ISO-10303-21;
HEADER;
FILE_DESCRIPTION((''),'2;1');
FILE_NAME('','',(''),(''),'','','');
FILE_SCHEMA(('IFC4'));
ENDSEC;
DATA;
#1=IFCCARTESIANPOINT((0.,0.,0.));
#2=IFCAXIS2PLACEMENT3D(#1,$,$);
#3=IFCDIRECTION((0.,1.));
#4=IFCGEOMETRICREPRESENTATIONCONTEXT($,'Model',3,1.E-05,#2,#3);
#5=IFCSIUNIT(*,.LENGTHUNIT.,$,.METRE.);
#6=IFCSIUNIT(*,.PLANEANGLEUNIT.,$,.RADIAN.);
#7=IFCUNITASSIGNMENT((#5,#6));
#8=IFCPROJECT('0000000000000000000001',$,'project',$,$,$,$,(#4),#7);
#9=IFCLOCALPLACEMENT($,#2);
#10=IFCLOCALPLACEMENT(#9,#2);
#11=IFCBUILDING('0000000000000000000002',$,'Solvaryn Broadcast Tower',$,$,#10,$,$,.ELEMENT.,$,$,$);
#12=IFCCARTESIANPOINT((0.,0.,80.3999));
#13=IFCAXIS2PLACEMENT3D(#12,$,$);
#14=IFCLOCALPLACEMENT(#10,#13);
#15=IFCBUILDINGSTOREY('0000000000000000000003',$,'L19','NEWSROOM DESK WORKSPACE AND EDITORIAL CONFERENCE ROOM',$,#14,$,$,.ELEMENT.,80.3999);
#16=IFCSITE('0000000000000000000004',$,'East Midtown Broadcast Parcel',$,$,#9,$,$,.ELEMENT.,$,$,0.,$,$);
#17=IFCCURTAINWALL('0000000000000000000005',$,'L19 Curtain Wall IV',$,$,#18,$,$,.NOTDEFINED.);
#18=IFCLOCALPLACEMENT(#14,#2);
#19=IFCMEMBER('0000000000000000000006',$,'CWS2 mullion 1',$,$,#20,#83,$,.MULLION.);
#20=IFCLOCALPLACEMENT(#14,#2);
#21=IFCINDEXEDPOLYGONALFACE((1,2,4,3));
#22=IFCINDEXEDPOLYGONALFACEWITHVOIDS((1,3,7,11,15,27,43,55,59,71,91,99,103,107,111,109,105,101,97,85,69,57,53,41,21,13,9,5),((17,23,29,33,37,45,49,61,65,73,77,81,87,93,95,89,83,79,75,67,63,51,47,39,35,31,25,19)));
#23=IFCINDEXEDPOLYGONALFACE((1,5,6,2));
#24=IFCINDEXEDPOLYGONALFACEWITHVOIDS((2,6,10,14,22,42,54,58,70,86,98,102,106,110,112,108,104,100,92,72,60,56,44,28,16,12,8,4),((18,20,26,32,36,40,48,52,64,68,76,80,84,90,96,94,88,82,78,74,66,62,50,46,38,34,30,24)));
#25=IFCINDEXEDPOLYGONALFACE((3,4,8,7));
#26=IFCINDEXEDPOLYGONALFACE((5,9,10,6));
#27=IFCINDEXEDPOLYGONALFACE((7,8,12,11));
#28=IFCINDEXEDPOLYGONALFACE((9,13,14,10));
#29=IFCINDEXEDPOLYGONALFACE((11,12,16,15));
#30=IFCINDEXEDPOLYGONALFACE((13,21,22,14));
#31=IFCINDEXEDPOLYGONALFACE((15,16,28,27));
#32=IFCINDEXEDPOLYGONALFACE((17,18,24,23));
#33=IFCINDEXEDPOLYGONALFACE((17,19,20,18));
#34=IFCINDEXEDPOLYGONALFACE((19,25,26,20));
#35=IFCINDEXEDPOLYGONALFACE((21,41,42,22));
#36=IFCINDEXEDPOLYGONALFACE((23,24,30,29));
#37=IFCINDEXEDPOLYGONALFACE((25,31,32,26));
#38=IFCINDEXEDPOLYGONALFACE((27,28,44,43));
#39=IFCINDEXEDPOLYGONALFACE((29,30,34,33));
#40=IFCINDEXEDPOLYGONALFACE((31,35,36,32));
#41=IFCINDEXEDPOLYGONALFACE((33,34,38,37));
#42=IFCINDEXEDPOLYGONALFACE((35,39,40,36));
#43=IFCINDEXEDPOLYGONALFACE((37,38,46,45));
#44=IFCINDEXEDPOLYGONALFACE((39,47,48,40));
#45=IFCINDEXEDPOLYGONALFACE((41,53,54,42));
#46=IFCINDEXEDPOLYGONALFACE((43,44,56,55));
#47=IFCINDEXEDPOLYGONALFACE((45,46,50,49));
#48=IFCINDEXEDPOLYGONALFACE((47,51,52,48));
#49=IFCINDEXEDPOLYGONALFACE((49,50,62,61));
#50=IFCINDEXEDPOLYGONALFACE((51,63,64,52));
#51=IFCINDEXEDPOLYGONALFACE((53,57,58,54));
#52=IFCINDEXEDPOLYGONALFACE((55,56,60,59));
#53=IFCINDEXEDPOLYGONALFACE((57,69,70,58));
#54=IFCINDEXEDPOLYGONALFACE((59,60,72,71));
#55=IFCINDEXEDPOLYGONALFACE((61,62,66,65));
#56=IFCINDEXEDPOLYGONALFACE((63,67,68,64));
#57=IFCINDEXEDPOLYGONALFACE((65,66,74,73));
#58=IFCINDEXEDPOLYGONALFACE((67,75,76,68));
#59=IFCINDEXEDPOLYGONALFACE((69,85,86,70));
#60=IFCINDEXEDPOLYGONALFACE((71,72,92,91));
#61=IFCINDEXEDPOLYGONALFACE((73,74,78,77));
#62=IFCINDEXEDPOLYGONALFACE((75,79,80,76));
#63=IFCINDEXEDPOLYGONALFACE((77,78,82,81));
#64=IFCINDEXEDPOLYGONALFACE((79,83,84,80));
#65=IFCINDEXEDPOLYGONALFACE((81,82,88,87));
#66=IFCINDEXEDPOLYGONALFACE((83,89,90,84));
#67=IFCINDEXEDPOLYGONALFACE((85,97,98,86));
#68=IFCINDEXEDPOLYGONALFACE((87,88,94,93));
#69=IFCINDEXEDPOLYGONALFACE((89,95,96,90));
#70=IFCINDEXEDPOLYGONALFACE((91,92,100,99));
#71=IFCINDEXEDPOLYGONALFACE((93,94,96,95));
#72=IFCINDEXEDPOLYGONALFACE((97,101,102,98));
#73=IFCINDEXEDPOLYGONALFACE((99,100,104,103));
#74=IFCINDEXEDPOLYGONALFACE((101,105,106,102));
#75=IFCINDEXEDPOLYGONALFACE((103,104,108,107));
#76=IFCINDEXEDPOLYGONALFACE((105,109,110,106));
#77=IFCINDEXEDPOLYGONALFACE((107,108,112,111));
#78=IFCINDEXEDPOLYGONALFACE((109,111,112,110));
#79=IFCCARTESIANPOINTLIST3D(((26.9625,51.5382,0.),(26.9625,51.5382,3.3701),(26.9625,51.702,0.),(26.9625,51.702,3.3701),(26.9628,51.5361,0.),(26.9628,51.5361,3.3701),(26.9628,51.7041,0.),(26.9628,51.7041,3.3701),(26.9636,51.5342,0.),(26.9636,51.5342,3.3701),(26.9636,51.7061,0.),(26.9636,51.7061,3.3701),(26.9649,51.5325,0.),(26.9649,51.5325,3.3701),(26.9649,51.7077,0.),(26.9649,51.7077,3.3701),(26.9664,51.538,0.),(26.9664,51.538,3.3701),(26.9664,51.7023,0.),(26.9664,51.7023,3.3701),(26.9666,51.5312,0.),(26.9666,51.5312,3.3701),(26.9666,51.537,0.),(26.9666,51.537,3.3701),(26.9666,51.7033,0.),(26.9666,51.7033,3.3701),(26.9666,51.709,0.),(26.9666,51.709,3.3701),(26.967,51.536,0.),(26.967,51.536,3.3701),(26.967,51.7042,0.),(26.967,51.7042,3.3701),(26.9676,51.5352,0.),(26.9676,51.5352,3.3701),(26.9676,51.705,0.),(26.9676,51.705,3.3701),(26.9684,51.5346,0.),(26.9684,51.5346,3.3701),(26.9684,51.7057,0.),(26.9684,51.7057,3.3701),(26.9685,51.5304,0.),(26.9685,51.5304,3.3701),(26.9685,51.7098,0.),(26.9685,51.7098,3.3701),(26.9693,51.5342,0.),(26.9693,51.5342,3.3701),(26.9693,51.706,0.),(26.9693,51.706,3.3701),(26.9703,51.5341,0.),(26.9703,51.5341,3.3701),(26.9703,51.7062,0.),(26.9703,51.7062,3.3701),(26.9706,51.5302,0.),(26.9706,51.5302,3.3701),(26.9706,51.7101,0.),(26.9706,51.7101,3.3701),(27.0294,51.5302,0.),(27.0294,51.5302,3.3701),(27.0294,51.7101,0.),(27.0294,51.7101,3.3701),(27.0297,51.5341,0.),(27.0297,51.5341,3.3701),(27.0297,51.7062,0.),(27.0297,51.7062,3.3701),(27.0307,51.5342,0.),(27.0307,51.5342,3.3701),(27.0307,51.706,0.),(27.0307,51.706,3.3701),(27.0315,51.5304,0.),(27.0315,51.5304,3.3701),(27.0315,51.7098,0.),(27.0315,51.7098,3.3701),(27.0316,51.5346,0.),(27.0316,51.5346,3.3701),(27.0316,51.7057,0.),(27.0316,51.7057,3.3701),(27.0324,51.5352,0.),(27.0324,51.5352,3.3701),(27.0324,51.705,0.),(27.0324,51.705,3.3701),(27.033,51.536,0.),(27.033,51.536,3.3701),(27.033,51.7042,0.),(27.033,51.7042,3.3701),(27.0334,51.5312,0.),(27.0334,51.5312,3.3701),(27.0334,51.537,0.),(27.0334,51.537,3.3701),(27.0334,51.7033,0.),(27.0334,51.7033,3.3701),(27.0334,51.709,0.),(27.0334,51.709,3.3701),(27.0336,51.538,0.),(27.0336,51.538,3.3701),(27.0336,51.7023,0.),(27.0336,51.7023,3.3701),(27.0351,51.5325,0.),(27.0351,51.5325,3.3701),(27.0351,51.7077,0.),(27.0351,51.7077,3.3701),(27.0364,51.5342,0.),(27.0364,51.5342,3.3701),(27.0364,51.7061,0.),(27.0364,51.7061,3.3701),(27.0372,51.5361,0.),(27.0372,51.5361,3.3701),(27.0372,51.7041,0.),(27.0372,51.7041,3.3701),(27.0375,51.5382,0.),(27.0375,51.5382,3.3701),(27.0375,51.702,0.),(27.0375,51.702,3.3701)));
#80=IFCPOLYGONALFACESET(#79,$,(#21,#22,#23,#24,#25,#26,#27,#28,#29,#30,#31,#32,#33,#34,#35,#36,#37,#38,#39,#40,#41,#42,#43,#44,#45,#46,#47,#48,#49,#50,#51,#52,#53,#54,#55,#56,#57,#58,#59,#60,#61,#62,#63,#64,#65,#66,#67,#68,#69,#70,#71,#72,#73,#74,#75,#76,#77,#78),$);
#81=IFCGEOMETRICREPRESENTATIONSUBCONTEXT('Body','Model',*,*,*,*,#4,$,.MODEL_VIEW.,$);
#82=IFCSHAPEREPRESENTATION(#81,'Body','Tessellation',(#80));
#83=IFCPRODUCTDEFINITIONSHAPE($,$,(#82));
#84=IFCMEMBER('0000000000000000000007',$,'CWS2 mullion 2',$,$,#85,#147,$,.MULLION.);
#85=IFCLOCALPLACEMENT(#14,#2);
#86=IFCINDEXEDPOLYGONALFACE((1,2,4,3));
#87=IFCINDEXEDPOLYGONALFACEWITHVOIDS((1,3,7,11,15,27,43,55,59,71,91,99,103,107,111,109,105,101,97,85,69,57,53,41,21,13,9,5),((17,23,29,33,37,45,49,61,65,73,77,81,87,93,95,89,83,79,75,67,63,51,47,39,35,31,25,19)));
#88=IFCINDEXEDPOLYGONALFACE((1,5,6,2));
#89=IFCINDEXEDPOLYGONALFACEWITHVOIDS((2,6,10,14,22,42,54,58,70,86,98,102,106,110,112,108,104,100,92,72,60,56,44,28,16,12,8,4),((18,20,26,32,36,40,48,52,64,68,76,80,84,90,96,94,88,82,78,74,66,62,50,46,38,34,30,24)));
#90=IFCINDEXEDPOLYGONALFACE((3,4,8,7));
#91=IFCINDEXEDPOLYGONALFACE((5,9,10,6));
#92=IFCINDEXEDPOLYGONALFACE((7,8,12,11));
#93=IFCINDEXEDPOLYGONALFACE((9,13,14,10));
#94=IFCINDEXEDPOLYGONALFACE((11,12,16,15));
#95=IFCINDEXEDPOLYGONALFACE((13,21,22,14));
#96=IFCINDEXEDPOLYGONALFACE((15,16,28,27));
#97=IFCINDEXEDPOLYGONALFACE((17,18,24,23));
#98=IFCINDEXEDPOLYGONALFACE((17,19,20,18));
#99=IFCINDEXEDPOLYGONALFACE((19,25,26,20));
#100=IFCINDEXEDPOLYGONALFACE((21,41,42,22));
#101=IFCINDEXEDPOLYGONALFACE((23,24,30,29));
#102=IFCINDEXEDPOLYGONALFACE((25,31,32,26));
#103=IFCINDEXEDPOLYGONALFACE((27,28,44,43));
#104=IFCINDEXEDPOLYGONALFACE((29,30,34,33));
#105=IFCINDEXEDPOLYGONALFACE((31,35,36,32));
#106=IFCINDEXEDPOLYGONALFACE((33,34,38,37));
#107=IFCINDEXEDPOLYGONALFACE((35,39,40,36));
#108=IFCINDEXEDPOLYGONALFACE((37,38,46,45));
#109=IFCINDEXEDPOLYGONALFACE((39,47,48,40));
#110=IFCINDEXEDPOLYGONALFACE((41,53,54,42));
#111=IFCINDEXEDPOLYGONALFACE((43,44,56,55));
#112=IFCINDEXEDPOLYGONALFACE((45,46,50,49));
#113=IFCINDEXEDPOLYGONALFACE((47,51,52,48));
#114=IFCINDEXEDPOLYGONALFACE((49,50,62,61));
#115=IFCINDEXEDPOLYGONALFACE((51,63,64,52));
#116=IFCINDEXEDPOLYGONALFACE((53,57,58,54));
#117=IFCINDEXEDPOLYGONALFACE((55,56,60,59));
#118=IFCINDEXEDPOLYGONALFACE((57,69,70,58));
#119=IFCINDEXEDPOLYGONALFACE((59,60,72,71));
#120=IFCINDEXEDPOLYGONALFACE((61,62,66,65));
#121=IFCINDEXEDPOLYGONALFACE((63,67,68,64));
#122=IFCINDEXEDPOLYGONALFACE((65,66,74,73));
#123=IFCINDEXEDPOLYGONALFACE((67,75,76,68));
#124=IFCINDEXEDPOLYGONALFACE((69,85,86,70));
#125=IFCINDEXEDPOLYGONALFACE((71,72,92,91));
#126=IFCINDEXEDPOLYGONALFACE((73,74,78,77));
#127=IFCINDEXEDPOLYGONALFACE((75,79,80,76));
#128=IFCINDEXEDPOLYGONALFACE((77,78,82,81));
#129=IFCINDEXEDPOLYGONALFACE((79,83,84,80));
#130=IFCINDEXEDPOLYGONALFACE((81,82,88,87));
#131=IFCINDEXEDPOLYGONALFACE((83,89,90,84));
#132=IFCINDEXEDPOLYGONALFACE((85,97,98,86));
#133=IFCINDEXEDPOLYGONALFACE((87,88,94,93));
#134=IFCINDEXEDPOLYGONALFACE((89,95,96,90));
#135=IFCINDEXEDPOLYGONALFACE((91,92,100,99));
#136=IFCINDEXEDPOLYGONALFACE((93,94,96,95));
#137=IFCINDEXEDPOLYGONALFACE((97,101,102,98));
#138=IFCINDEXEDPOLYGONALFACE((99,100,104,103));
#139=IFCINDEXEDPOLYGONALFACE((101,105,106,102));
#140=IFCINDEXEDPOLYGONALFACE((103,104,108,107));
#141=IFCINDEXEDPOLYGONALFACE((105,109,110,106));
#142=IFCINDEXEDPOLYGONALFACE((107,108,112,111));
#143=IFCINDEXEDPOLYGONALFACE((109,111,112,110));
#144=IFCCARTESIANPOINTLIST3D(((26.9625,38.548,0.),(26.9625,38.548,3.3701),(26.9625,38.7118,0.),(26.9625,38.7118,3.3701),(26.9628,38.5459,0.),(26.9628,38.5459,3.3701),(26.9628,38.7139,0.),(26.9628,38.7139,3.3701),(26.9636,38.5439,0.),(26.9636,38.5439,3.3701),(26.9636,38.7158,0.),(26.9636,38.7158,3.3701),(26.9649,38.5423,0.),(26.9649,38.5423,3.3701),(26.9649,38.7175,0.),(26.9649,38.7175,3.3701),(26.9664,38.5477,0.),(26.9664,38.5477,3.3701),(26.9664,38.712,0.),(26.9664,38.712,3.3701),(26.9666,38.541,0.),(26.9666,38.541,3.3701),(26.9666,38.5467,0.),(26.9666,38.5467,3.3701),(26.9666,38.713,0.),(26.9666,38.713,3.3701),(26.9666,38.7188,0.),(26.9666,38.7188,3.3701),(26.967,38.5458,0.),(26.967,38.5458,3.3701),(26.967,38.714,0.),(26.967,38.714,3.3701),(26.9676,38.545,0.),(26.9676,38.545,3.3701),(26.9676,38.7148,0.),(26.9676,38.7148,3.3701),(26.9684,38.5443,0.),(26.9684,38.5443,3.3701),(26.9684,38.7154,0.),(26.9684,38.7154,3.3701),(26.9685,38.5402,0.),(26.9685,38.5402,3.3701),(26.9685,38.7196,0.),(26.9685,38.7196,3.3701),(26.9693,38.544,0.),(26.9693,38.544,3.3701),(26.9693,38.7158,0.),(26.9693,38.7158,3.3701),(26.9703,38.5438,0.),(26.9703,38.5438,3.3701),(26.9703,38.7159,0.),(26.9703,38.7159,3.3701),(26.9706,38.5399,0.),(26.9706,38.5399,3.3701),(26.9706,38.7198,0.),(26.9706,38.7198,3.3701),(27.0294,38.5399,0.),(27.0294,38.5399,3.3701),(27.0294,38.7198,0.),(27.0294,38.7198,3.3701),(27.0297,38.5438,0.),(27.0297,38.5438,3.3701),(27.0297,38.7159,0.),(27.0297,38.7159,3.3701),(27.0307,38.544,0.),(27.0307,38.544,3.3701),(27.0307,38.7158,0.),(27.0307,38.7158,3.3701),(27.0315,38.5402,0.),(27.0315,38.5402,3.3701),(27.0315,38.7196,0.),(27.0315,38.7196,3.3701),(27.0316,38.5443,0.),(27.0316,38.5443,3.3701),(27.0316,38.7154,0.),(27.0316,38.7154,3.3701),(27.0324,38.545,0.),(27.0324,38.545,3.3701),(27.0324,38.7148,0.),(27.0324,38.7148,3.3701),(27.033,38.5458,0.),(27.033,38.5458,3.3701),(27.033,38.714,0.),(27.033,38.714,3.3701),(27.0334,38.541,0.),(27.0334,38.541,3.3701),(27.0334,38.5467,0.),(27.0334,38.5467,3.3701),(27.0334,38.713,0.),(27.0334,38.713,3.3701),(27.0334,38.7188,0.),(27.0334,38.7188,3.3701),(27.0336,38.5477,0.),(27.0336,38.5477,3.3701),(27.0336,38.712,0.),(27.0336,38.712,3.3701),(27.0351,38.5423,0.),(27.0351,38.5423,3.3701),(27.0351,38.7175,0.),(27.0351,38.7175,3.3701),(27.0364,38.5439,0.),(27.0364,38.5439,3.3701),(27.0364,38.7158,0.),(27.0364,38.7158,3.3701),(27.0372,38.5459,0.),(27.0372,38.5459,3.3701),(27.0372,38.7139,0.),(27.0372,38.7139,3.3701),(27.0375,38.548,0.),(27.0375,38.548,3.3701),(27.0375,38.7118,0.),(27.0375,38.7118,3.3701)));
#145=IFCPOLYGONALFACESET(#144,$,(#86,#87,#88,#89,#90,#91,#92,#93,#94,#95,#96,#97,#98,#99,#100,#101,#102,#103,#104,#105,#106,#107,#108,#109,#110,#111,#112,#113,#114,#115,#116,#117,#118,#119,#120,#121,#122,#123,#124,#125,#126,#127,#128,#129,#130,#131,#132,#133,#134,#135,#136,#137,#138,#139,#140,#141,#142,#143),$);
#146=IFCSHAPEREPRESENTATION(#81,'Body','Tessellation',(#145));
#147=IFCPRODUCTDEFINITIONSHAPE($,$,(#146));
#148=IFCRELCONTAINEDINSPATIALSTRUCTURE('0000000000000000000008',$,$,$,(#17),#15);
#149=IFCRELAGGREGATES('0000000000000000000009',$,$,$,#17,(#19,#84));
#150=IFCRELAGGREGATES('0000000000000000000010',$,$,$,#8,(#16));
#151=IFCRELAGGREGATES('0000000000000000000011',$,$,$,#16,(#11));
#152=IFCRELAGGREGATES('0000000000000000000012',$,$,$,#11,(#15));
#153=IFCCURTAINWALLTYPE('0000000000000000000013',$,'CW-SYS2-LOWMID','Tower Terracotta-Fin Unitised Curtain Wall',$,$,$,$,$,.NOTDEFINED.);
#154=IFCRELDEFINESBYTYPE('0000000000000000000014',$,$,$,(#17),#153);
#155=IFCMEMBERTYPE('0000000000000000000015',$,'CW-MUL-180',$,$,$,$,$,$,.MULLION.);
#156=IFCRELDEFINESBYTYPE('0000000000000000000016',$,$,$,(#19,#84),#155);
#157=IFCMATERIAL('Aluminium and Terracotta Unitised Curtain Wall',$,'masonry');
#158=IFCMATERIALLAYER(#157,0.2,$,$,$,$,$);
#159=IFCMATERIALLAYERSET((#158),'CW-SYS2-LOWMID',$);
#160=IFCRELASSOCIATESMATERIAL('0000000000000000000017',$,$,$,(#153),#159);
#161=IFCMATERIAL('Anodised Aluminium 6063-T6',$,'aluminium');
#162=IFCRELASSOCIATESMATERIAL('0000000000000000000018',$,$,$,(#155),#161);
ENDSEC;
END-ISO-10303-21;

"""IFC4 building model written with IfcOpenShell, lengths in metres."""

from ifc_helpers import new_model, si_unit, direction, frame, origin, origin_2d, place, context, subcontext, project, spatial, hollow_rectangle, extrude, material, layer, layer_set, material_profile, profile_set, type_object, element, aggregate, save


model = new_model("IFC4")

# Units and contexts
model_context = context("Model", 3, precision=1e-05, world=origin(), true_north=direction((0.0, 1.0)))
body_context = subcontext(model_context, "Body", "Model", "MODEL_VIEW")
ifc_project = project(units=[si_unit("LENGTHUNIT", "METRE"), si_unit("PLANEANGLEUNIT", "RADIAN")], contexts=[model_context])

# Site, building, storey
site_placement = place(None, origin())
site = spatial("IfcSite", under=ifc_project, at=site_placement, Name="East Midtown Broadcast Parcel", CompositionType="ELEMENT", RefElevation=0.0)
building_placement = place(site_placement, origin())
building = spatial("IfcBuilding", under=site, at=building_placement, Name="Solvaryn Broadcast Tower", CompositionType="ELEMENT")
storey_placement = place(building_placement, frame((0.0, 0.0, 80.3999)))
storey = spatial("IfcBuildingStorey", under=building, at=storey_placement, Name="L19", Description="NEWSROOM DESK WORKSPACE AND EDITORIAL CONFERENCE ROOM", CompositionType="ELEMENT", Elevation=80.3999)

# Curtain wall, members
ifc_material_1 = material(Name="Aluminium and Terracotta Unitised Curtain Wall", Category="masonry")
ifc_layer_1 = layer(ifc_material_1, 0.2)
ifc_layer_set_1 = layer_set([ifc_layer_1], Name="CW-SYS2-LOWMID")
curtain_wall_type = type_object("IfcCurtainWallType", Name="CW-SYS2-LOWMID", Description="Tower Terracotta-Fin Unitised Curtain Wall", PredefinedType="NOTDEFINED", material=ifc_layer_set_1)
curtain_wall_1_placement = place(storey_placement, origin())
curtain_wall_1 = element("IfcCurtainWall", 1, at=curtain_wall_1_placement, inside=storey, type_object=curtain_wall_type, Name="L19 Curtain Wall IV", PredefinedType="NOTDEFINED")
ifc_material_2 = material(Name="Anodised Aluminium 6063-T6", Category="aluminium")
ifc_material_profile_1 = material_profile(ifc_material_2, hollow_rectangle(XDim=0.075, YDim=0.1799, WallThickness=0.0039, InnerFilletRadius=0.0039, OuterFilletRadius=0.0081, at=origin_2d()))
ifc_profile_set_1 = profile_set([ifc_material_profile_1], Name="Anodised Aluminium 6063-T6")
member_type_1 = type_object("IfcMemberType", Name="CW-MUL-180", PredefinedType="MULLION", material=ifc_profile_set_1)
member_1_placement = place(storey_placement, frame((27.0, 51.6201, 0.0), z_axis=(0.0, 0.0, 1.0), x_axis=(1.0, 0.0, 0.0)))
member_1 = element("IfcMember", 2, at=member_1_placement, type_object=member_type_1, Name="CWS2 mullion 1", PredefinedType="MULLION", context=body_context, shape_type="SweptSolid", body=[
    extrude(hollow_rectangle(XDim=0.075, YDim=0.1799, WallThickness=0.0039, InnerFilletRadius=0.0039, OuterFilletRadius=0.0081, at=origin_2d()), origin(), (0.0, 0.0, 1.0), 3.3701),
])
member_2_placement = place(storey_placement, frame((27.0, 38.6299, 0.0), z_axis=(0.0, 0.0, 1.0), x_axis=(1.0, 0.0, 0.0)))
member_2 = element("IfcMember", 3, at=member_2_placement, type_object=member_type_1, Name="CWS2 mullion 2", PredefinedType="MULLION", context=body_context, shape_type="SweptSolid", body=[
    extrude(hollow_rectangle(XDim=0.075, YDim=0.1799, WallThickness=0.0039, InnerFilletRadius=0.0039, OuterFilletRadius=0.0081, at=origin_2d()), origin(), (0.0, 0.0, 1.0), 3.3701),
])

aggregate(curtain_wall_1, [member_1, member_2])

save(model, "model.ifc")
